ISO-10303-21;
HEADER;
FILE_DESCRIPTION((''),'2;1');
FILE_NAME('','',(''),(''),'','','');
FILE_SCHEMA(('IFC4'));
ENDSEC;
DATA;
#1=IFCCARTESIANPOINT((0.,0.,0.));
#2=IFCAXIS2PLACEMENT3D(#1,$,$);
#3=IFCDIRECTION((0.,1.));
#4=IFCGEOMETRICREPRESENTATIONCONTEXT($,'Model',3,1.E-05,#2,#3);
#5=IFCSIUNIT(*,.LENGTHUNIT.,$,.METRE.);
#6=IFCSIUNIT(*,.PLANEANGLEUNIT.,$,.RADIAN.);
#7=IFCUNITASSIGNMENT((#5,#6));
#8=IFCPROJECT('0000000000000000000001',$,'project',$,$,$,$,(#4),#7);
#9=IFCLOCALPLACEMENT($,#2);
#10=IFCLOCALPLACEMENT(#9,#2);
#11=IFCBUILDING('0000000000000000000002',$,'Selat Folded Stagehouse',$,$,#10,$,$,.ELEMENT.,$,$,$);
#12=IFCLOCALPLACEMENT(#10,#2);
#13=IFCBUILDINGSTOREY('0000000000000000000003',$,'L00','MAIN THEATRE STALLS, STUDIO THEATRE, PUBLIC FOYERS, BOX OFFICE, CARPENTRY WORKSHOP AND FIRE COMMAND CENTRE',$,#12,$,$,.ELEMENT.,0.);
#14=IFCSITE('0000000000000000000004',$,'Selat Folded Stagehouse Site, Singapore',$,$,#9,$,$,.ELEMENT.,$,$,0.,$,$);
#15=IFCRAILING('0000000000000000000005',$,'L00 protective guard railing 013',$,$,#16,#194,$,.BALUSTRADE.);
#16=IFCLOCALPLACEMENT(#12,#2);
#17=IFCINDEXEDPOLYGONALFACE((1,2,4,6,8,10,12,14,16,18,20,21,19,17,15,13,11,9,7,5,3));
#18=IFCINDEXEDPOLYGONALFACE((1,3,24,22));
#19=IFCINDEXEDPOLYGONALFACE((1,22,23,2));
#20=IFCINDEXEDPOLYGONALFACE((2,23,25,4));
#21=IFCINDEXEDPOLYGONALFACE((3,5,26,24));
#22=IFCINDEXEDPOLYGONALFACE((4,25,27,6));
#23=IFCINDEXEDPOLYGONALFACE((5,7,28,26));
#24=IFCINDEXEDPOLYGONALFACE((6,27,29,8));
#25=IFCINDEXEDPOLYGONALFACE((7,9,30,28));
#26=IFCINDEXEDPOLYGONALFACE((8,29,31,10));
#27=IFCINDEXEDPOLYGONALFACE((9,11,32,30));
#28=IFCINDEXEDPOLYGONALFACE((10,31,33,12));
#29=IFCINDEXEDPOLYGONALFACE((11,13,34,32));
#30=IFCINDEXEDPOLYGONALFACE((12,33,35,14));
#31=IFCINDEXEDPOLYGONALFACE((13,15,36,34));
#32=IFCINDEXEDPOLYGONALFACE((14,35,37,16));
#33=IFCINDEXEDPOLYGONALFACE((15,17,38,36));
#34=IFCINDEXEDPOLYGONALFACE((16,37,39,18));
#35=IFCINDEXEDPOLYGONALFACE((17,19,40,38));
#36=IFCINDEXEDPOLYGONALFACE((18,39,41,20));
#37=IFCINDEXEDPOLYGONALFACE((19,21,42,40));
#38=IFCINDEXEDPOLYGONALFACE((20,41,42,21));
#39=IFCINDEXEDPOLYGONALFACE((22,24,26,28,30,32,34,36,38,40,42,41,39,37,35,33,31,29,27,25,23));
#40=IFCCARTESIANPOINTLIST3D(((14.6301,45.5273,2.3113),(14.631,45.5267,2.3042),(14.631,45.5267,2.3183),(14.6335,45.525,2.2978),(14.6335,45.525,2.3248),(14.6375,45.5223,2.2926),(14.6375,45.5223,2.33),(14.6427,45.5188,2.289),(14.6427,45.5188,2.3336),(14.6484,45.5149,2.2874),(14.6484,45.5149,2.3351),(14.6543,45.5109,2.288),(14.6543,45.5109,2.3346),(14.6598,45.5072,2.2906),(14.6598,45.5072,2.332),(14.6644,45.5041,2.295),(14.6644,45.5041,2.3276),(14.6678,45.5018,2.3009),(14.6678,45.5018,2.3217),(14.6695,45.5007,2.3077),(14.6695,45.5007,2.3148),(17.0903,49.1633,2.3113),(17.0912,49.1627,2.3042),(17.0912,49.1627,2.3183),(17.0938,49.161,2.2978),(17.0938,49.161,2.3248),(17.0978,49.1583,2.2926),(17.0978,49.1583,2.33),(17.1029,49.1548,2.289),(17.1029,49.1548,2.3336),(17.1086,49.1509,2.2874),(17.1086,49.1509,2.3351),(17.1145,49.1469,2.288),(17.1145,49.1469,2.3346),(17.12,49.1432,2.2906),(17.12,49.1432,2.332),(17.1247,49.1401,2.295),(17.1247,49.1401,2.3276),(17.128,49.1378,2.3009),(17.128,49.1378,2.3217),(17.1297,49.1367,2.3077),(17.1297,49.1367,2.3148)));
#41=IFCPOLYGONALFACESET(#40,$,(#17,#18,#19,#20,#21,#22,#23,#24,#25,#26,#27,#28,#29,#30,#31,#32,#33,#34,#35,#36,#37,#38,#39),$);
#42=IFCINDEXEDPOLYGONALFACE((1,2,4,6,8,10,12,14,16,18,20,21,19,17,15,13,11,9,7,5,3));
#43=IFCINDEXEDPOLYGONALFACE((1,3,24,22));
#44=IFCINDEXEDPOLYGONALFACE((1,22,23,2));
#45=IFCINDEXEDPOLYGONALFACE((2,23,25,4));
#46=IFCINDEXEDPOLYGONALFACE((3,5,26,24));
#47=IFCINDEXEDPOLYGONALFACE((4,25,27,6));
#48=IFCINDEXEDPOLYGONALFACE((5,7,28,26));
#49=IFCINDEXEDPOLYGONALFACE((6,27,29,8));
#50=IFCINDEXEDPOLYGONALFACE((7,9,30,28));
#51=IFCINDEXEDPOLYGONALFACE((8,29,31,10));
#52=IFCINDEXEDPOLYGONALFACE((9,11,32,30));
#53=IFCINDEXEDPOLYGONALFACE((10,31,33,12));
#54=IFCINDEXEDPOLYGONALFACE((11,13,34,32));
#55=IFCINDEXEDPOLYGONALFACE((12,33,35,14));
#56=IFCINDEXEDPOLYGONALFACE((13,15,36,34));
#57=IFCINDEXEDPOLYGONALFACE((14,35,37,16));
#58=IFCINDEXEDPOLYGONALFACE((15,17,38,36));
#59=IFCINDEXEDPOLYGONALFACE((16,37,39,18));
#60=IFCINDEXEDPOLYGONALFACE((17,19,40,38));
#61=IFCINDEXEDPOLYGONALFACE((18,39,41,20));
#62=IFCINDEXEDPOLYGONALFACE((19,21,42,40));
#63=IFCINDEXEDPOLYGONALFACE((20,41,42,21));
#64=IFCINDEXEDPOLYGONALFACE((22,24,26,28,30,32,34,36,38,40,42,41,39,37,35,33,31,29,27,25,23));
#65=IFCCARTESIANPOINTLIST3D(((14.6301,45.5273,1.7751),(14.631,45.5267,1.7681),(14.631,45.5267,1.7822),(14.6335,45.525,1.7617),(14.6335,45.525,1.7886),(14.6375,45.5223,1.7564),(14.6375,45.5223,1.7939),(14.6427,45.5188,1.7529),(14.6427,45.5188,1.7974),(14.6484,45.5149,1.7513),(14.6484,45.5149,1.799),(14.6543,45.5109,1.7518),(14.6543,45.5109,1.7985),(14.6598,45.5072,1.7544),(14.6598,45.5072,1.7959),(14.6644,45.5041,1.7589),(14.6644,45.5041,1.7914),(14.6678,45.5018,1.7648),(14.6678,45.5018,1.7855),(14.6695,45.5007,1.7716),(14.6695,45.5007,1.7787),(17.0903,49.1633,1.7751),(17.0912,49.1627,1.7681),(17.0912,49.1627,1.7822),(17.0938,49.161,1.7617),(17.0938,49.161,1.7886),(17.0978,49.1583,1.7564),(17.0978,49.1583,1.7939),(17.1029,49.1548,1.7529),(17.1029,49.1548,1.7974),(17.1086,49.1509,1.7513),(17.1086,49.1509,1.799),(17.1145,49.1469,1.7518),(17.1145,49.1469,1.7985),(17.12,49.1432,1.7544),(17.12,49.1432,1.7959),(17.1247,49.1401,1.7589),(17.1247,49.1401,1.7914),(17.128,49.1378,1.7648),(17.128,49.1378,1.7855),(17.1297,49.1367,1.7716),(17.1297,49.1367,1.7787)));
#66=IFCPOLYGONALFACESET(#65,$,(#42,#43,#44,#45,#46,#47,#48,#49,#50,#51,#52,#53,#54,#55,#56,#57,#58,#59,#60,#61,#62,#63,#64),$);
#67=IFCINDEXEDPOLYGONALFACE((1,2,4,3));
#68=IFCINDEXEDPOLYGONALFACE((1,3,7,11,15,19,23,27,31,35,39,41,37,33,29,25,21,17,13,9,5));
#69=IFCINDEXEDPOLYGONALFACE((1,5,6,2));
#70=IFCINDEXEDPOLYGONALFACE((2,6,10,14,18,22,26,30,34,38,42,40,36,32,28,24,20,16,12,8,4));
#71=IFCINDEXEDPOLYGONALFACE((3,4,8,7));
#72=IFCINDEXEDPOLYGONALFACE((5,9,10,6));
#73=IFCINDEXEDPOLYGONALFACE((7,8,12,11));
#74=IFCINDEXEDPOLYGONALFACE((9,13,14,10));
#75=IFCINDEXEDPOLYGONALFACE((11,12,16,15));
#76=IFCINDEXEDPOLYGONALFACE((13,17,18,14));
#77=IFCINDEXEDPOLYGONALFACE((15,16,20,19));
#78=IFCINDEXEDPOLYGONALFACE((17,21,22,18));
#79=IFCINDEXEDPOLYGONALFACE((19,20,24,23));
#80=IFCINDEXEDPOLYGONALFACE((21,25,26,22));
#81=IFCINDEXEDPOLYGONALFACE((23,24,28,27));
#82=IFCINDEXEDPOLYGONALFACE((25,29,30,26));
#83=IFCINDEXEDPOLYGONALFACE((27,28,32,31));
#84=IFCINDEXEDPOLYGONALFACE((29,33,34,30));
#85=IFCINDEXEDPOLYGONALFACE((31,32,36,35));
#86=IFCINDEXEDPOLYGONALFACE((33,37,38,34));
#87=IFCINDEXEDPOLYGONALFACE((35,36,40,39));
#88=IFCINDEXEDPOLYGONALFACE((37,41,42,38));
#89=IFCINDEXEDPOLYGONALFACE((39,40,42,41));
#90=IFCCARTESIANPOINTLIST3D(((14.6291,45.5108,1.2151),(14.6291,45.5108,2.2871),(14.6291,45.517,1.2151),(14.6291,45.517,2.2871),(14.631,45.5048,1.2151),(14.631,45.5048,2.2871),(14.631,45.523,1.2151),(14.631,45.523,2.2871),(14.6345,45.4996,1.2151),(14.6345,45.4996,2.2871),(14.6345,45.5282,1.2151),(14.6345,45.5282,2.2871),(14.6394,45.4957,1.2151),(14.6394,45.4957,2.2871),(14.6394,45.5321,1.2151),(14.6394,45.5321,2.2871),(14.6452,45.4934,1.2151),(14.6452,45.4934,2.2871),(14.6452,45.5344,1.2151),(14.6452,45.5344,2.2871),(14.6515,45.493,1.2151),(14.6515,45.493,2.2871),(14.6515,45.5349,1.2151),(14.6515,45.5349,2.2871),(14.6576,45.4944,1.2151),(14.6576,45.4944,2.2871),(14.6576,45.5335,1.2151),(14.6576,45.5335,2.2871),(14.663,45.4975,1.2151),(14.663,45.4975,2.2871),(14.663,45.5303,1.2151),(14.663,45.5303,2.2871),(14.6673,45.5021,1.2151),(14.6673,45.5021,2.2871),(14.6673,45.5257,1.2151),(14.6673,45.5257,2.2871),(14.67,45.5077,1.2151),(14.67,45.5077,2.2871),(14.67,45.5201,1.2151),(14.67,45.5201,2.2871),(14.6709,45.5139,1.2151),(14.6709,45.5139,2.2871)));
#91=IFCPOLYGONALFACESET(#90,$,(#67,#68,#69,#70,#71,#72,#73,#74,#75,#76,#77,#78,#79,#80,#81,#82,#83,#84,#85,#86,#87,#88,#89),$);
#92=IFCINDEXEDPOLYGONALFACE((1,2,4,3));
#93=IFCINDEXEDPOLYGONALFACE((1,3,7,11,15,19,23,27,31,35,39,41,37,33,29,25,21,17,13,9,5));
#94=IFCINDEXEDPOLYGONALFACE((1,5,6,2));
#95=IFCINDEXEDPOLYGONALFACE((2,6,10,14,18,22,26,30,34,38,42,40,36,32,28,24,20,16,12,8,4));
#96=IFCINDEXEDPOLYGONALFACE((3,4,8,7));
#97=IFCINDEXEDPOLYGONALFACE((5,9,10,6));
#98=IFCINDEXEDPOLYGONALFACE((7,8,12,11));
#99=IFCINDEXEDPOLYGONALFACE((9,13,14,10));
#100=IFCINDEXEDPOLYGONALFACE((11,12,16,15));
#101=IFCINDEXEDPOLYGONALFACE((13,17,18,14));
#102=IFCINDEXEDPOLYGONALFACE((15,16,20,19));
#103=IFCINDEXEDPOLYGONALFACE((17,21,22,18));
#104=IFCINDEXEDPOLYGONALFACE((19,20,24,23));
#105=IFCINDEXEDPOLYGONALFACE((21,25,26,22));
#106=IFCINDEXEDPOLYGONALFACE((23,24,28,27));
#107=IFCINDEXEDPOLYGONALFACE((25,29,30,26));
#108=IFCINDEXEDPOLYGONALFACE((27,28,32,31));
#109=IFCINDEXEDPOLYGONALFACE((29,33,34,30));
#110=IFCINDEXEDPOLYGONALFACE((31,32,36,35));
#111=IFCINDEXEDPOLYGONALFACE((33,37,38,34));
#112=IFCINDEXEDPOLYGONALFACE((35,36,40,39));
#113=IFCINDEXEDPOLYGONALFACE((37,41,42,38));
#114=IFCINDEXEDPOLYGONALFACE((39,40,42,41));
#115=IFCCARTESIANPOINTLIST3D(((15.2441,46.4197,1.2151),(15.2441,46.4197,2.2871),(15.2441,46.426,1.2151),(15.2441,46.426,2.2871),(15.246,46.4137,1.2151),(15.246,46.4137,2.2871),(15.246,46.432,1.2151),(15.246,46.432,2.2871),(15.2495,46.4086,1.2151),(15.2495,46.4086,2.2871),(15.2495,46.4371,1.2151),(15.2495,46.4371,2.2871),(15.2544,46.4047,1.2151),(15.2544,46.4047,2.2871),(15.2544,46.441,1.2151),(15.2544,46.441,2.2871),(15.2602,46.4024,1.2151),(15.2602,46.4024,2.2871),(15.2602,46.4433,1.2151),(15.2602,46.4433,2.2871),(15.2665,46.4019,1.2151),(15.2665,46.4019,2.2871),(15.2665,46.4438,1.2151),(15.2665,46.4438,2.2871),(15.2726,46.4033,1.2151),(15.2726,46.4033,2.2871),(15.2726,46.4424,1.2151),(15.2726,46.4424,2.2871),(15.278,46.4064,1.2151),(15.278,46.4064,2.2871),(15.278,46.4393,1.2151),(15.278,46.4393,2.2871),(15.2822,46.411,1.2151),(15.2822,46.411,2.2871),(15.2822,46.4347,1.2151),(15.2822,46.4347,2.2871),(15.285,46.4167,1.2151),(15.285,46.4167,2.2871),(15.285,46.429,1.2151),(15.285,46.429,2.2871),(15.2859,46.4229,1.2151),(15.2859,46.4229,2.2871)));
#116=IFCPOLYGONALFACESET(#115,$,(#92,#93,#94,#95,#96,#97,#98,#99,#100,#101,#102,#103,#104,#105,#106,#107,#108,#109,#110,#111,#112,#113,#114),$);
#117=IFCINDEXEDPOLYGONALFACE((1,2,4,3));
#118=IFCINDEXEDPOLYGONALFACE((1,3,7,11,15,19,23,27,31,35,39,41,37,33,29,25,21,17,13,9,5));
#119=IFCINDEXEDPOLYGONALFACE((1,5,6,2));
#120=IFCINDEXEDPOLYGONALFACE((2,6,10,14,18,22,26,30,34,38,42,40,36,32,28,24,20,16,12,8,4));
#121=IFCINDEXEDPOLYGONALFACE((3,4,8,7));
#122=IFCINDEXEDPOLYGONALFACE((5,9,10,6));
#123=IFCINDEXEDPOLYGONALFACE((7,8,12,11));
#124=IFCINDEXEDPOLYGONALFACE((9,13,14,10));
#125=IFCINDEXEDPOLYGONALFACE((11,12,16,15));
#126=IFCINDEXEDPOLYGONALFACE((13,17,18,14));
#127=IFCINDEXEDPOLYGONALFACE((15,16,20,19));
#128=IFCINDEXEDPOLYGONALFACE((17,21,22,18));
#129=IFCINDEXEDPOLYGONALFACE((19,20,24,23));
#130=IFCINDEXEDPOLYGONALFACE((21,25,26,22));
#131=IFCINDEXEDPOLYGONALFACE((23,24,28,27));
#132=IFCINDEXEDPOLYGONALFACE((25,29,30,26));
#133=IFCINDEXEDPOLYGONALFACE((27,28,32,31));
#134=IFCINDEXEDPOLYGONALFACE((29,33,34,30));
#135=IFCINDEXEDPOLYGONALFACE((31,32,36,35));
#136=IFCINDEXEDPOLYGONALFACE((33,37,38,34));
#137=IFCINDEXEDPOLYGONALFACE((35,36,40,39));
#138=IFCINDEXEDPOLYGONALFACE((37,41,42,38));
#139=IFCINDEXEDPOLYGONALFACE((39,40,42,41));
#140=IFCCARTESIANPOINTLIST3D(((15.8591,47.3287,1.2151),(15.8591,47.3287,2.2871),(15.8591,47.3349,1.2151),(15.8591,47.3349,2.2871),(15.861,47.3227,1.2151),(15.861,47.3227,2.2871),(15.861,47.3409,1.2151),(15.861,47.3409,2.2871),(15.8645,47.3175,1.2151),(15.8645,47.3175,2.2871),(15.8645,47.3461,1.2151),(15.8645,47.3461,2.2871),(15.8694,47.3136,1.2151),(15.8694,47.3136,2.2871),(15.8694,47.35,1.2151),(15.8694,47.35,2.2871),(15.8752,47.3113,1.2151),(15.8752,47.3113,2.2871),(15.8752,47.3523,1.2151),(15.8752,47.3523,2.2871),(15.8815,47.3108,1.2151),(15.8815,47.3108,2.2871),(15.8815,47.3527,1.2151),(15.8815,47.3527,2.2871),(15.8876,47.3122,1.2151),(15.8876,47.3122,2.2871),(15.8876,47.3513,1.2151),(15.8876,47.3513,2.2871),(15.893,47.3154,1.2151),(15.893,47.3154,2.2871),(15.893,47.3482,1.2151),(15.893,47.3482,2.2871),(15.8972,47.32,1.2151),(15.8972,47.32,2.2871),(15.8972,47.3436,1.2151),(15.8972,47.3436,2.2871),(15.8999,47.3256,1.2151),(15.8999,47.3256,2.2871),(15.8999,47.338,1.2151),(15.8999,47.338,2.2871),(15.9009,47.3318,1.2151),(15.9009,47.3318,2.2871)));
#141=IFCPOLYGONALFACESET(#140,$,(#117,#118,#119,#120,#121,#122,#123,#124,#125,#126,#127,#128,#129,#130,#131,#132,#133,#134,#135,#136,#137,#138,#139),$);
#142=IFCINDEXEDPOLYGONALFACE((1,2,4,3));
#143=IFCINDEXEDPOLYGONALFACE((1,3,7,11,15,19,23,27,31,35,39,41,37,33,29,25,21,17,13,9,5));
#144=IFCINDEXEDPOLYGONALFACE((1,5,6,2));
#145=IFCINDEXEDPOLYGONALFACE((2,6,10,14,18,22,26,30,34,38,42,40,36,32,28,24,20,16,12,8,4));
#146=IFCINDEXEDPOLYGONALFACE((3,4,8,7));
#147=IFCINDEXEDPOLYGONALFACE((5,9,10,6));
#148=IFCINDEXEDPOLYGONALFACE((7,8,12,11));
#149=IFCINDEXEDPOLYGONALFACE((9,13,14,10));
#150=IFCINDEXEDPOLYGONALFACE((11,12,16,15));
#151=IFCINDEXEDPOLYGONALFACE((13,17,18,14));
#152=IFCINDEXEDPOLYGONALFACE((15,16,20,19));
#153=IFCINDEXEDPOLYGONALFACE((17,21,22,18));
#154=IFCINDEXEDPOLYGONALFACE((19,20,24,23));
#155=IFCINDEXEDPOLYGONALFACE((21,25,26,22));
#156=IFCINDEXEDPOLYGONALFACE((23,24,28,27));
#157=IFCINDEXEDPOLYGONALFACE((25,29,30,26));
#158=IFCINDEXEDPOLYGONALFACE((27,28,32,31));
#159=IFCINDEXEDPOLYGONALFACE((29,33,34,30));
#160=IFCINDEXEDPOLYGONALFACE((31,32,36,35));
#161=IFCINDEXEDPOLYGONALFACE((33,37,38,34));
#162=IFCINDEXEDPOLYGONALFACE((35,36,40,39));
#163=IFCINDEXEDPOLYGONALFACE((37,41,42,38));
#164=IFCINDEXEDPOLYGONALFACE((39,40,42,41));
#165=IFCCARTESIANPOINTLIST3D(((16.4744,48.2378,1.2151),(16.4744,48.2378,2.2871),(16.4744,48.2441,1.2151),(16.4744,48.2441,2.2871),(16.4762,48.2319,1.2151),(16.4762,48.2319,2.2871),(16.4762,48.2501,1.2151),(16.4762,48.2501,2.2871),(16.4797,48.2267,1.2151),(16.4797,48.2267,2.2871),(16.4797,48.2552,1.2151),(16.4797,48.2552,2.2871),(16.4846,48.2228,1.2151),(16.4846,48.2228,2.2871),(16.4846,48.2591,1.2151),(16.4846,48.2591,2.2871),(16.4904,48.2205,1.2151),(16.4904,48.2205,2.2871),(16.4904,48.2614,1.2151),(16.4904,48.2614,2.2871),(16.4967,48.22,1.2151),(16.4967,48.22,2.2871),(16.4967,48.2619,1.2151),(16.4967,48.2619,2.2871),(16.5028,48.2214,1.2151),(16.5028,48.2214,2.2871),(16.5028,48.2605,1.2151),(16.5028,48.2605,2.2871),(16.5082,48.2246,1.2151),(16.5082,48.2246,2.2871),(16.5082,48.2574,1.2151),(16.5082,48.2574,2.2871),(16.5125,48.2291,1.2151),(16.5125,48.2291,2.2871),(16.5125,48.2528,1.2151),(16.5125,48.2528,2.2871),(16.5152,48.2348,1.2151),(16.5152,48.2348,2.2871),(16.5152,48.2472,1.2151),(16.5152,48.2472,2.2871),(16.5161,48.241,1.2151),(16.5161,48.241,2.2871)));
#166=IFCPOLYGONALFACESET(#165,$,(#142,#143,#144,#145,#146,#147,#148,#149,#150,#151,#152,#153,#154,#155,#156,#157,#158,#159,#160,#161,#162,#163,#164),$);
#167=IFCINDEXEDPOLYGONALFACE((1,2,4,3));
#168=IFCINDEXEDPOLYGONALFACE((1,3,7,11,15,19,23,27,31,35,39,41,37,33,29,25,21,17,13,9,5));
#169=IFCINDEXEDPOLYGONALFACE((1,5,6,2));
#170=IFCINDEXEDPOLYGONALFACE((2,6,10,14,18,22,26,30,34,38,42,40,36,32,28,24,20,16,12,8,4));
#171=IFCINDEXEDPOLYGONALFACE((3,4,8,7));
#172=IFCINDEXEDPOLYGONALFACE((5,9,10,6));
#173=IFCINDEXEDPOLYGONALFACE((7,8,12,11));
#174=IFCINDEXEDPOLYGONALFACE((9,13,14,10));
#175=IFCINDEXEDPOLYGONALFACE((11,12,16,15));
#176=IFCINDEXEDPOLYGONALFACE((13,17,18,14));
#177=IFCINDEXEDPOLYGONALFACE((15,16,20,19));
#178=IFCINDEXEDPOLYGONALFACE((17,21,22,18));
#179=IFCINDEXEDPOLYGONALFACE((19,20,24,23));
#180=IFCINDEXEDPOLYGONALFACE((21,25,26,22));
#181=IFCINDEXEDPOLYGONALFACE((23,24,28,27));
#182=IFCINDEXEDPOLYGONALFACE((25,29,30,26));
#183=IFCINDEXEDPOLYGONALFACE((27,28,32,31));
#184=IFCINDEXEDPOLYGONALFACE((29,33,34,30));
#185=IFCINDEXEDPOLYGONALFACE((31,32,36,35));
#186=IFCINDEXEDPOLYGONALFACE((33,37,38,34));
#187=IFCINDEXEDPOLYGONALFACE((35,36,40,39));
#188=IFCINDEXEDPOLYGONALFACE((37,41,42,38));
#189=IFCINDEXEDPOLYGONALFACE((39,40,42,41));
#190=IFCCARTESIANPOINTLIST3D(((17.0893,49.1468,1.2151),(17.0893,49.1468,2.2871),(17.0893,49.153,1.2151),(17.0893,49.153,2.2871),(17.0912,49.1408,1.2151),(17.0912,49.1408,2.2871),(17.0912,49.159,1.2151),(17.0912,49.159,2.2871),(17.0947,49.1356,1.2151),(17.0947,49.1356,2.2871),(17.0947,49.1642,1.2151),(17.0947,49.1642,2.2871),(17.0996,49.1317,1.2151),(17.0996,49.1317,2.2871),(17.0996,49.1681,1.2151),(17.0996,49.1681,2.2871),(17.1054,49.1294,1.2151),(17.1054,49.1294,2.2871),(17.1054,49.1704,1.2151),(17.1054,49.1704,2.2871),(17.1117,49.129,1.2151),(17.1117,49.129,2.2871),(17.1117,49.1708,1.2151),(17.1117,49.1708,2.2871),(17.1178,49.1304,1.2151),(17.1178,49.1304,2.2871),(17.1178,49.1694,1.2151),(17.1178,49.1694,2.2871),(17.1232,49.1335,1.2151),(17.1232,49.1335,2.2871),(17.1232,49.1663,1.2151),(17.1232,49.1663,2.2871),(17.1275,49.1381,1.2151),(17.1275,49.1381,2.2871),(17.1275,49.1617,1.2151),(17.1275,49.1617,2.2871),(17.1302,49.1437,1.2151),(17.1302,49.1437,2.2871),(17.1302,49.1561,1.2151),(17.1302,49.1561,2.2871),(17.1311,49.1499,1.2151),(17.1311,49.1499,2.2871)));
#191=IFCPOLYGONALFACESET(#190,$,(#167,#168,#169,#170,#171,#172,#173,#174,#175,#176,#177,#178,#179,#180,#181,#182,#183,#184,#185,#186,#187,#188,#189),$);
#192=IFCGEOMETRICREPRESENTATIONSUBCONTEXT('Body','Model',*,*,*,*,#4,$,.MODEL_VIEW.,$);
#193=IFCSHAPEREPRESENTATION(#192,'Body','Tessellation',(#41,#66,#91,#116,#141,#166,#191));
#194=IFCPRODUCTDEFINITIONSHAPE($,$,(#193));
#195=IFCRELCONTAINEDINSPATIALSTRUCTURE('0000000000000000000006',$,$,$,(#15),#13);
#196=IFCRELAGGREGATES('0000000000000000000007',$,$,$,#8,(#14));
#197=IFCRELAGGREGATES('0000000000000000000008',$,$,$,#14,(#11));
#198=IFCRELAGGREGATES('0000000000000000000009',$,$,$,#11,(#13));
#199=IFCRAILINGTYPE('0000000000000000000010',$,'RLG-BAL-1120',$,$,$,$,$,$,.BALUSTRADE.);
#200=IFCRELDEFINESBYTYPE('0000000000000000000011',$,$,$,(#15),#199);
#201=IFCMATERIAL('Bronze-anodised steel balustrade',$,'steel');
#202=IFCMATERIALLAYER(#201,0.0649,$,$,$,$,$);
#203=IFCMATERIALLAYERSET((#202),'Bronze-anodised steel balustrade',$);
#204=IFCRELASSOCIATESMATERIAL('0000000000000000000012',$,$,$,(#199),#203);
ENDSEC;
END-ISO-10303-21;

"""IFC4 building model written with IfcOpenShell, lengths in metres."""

from ifc_helpers import new_model, si_unit, direction, frame, origin, origin_2d, place, context, subcontext, project, spatial, circle, extrude, material, layer, layer_set, type_object, element, save


model = new_model("IFC4")

# Units and contexts
model_context = context("Model", 3, precision=1e-05, world=origin(), true_north=direction((0.0, 1.0)))
body_context = subcontext(model_context, "Body", "Model", "MODEL_VIEW")
ifc_project = project(units=[si_unit("LENGTHUNIT", "METRE"), si_unit("PLANEANGLEUNIT", "RADIAN")], contexts=[model_context])

# Site, building, storey
site_placement = place(None, origin())
site = spatial("IfcSite", under=ifc_project, at=site_placement, Name="Selat Folded Stagehouse Site, Singapore", CompositionType="ELEMENT", RefElevation=0.0)
building_placement = place(site_placement, origin())
building = spatial("IfcBuilding", under=site, at=building_placement, Name="Selat Folded Stagehouse", CompositionType="ELEMENT")
storey_placement = place(building_placement, origin())
storey = spatial("IfcBuildingStorey", under=building, at=storey_placement, Name="L00", Description="MAIN THEATRE STALLS, STUDIO THEATRE, PUBLIC FOYERS, BOX OFFICE, CARPENTRY WORKSHOP AND FIRE COMMAND CENTRE", CompositionType="ELEMENT", Elevation=0.0)

# Railing
ifc_material_1 = material(Name="Bronze-anodised steel balustrade", Category="steel")
ifc_layer_1 = layer(ifc_material_1, 0.0649)
ifc_layer_set_1 = layer_set([ifc_layer_1], Name="Bronze-anodised steel balustrade")
railing_type = type_object("IfcRailingType", Name="RLG-BAL-1120", PredefinedType="BALUSTRADE", material=ifc_layer_set_1)
railing_1_placement = place(storey_placement, frame((14.6499, 45.5139, 1.2151)))
element("IfcRailing", 1, at=railing_1_placement, inside=storey, type_object=railing_type, Name="L00 protective guard railing 013", PredefinedType="BALUSTRADE", context=body_context, shape_type="SweptSolid", body=[
    extrude(circle(Radius=0.0239, at=origin_2d()), frame((0.0, 0.0, 1.0962), z_axis=(0.560398, 0.828223, 0.0), x_axis=(-0.828223, 0.560398, 0.0)), (0.0, 0.0, 1.0), 4.3901),
    extrude(circle(Radius=0.0239, at=origin_2d()), frame((0.0, 0.0, 0.5601), z_axis=(0.560398, 0.828223, 0.0), x_axis=(-0.828223, 0.560398, 0.0)), (0.0, 0.0, 1.0), 4.3901),
    extrude(circle(Radius=0.021, at=origin_2d()), origin(), (0.0, 0.0, 1.0), 1.072),
    extrude(circle(Radius=0.021, at=origin_2d()), frame((0.615, 0.9089, 0.0)), (0.0, 0.0, 1.0), 1.072),
    extrude(circle(Radius=0.021, at=origin_2d()), frame((1.23, 1.8179, 0.0)), (0.0, 0.0, 1.0), 1.072),
    extrude(circle(Radius=0.021, at=origin_2d()), frame((1.8452, 2.7271, 0.0)), (0.0, 0.0, 1.0), 1.072),
    extrude(circle(Radius=0.021, at=origin_2d()), frame((2.4602, 3.636, 0.0)), (0.0, 0.0, 1.0), 1.072),
])

save(model, "model.ifc")
